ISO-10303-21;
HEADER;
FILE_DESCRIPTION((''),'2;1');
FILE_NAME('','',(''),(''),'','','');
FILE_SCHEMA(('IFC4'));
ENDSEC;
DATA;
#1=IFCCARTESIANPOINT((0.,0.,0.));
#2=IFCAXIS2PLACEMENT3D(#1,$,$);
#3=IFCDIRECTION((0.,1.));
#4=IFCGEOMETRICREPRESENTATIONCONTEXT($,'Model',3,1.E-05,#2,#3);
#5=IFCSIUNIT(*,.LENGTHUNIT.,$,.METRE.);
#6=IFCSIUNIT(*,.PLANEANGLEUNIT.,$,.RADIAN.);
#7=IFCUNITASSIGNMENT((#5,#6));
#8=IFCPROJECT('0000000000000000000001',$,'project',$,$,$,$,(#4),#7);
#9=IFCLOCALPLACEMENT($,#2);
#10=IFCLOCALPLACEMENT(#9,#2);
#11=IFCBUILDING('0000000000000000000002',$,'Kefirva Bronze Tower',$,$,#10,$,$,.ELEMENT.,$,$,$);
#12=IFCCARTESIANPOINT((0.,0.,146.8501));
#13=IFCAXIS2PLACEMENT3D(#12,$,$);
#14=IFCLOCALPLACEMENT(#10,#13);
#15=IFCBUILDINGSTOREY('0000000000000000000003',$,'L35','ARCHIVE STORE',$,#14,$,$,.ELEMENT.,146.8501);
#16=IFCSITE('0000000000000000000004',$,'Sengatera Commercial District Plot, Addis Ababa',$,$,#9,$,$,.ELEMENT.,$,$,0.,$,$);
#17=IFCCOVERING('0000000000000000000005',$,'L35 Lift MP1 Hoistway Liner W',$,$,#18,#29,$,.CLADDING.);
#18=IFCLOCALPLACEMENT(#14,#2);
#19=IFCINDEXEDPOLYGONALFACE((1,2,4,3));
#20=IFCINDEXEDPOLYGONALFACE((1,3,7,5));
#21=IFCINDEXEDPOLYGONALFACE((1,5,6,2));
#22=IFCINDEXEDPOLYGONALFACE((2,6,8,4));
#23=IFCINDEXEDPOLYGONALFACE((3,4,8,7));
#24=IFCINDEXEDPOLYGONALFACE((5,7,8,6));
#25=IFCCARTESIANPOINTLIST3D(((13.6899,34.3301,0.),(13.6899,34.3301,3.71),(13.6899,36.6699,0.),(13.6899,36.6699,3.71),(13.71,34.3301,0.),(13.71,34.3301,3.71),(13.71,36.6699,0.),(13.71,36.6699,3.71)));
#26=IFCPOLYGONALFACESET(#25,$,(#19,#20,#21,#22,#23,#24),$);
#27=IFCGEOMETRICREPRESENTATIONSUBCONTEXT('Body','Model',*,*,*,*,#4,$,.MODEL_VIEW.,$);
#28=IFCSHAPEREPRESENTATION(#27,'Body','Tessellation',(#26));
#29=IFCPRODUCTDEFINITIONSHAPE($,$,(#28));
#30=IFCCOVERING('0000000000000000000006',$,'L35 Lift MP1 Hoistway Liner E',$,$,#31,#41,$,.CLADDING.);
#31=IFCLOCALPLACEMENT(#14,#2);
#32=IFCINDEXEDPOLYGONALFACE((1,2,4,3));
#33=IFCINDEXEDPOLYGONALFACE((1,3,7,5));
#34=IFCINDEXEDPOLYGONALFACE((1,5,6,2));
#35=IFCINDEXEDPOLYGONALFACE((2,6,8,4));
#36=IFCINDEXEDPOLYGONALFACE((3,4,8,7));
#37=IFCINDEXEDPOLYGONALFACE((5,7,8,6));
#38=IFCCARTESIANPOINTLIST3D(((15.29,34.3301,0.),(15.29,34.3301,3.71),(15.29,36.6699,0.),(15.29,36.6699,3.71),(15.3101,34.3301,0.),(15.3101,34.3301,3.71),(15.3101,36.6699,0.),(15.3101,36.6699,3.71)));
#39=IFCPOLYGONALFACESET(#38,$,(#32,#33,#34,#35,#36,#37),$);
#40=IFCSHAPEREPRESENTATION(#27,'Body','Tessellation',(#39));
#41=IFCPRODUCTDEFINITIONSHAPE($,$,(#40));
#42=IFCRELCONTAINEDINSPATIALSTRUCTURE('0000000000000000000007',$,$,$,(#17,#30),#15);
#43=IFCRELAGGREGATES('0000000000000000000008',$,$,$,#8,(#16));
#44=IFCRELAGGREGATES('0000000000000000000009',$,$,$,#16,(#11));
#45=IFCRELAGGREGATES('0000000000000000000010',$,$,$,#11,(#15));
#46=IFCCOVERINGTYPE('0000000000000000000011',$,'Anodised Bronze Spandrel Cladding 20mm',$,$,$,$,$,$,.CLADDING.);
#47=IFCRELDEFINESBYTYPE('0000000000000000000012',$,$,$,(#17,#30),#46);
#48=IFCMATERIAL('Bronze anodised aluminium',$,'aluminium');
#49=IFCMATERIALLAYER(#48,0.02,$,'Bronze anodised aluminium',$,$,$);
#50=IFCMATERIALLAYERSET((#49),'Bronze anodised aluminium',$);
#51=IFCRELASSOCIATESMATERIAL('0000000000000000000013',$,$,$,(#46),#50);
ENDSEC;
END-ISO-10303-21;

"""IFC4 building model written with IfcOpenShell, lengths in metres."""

from ifc_helpers import new_model, si_unit, direction, frame, origin, place, context, subcontext, project, spatial, polyline, outline, extrude, material, layer, layer_set, type_object, element, save


model = new_model("IFC4")

# Units and contexts
model_context = context("Model", 3, precision=1e-05, world=origin(), true_north=direction((0.0, 1.0)))
body_context = subcontext(model_context, "Body", "Model", "MODEL_VIEW")
ifc_project = project(units=[si_unit("LENGTHUNIT", "METRE"), si_unit("PLANEANGLEUNIT", "RADIAN")], contexts=[model_context])

# Site, building, storey
site_placement = place(None, origin())
site = spatial("IfcSite", under=ifc_project, at=site_placement, Name="Sengatera Commercial District Plot, Addis Ababa", CompositionType="ELEMENT", RefElevation=0.0)
building_placement = place(site_placement, origin())
building = spatial("IfcBuilding", under=site, at=building_placement, Name="Kefirva Bronze Tower", CompositionType="ELEMENT")
storey_placement = place(building_placement, frame((0.0, 0.0, 146.8501)))
storey = spatial("IfcBuildingStorey", under=building, at=storey_placement, Name="L35", Description="ARCHIVE STORE", CompositionType="ELEMENT", Elevation=146.8501)

# Coverings
ifc_material_1 = material(Name="Bronze anodised aluminium", Category="aluminium")
ifc_layer_1 = layer(ifc_material_1, 0.02, Name="Bronze anodised aluminium")
ifc_layer_set_1 = layer_set([ifc_layer_1], Name="Bronze anodised aluminium")
covering_type = type_object("IfcCoveringType", Name="Anodised Bronze Spandrel Cladding 20mm", PredefinedType="CLADDING", material=ifc_layer_set_1)
covering_1_placement = place(storey_placement, origin())
element("IfcCovering", 1, at=covering_1_placement, inside=storey, type_object=covering_type, Name="L35 Lift MP1 Hoistway Liner W", PredefinedType="CLADDING", context=body_context, shape_type="SweptSolid", body=[
    extrude(outline(polyline([(13.6899, 34.3301), (13.71, 34.3301), (13.71, 36.6699), (13.6899, 36.6699), (13.6899, 34.3301)])), origin(), (0.0, 0.0, 1.0), 3.71),
])
covering_2_placement = place(storey_placement, origin())
element("IfcCovering", 2, at=covering_2_placement, inside=storey, type_object=covering_type, Name="L35 Lift MP1 Hoistway Liner E", PredefinedType="CLADDING", context=body_context, shape_type="SweptSolid", body=[
    extrude(outline(polyline([(15.29, 34.3301), (15.3101, 34.3301), (15.3101, 36.6699), (15.29, 36.6699), (15.29, 34.3301)])), origin(), (0.0, 0.0, 1.0), 3.71),
])

save(model, "model.ifc")
